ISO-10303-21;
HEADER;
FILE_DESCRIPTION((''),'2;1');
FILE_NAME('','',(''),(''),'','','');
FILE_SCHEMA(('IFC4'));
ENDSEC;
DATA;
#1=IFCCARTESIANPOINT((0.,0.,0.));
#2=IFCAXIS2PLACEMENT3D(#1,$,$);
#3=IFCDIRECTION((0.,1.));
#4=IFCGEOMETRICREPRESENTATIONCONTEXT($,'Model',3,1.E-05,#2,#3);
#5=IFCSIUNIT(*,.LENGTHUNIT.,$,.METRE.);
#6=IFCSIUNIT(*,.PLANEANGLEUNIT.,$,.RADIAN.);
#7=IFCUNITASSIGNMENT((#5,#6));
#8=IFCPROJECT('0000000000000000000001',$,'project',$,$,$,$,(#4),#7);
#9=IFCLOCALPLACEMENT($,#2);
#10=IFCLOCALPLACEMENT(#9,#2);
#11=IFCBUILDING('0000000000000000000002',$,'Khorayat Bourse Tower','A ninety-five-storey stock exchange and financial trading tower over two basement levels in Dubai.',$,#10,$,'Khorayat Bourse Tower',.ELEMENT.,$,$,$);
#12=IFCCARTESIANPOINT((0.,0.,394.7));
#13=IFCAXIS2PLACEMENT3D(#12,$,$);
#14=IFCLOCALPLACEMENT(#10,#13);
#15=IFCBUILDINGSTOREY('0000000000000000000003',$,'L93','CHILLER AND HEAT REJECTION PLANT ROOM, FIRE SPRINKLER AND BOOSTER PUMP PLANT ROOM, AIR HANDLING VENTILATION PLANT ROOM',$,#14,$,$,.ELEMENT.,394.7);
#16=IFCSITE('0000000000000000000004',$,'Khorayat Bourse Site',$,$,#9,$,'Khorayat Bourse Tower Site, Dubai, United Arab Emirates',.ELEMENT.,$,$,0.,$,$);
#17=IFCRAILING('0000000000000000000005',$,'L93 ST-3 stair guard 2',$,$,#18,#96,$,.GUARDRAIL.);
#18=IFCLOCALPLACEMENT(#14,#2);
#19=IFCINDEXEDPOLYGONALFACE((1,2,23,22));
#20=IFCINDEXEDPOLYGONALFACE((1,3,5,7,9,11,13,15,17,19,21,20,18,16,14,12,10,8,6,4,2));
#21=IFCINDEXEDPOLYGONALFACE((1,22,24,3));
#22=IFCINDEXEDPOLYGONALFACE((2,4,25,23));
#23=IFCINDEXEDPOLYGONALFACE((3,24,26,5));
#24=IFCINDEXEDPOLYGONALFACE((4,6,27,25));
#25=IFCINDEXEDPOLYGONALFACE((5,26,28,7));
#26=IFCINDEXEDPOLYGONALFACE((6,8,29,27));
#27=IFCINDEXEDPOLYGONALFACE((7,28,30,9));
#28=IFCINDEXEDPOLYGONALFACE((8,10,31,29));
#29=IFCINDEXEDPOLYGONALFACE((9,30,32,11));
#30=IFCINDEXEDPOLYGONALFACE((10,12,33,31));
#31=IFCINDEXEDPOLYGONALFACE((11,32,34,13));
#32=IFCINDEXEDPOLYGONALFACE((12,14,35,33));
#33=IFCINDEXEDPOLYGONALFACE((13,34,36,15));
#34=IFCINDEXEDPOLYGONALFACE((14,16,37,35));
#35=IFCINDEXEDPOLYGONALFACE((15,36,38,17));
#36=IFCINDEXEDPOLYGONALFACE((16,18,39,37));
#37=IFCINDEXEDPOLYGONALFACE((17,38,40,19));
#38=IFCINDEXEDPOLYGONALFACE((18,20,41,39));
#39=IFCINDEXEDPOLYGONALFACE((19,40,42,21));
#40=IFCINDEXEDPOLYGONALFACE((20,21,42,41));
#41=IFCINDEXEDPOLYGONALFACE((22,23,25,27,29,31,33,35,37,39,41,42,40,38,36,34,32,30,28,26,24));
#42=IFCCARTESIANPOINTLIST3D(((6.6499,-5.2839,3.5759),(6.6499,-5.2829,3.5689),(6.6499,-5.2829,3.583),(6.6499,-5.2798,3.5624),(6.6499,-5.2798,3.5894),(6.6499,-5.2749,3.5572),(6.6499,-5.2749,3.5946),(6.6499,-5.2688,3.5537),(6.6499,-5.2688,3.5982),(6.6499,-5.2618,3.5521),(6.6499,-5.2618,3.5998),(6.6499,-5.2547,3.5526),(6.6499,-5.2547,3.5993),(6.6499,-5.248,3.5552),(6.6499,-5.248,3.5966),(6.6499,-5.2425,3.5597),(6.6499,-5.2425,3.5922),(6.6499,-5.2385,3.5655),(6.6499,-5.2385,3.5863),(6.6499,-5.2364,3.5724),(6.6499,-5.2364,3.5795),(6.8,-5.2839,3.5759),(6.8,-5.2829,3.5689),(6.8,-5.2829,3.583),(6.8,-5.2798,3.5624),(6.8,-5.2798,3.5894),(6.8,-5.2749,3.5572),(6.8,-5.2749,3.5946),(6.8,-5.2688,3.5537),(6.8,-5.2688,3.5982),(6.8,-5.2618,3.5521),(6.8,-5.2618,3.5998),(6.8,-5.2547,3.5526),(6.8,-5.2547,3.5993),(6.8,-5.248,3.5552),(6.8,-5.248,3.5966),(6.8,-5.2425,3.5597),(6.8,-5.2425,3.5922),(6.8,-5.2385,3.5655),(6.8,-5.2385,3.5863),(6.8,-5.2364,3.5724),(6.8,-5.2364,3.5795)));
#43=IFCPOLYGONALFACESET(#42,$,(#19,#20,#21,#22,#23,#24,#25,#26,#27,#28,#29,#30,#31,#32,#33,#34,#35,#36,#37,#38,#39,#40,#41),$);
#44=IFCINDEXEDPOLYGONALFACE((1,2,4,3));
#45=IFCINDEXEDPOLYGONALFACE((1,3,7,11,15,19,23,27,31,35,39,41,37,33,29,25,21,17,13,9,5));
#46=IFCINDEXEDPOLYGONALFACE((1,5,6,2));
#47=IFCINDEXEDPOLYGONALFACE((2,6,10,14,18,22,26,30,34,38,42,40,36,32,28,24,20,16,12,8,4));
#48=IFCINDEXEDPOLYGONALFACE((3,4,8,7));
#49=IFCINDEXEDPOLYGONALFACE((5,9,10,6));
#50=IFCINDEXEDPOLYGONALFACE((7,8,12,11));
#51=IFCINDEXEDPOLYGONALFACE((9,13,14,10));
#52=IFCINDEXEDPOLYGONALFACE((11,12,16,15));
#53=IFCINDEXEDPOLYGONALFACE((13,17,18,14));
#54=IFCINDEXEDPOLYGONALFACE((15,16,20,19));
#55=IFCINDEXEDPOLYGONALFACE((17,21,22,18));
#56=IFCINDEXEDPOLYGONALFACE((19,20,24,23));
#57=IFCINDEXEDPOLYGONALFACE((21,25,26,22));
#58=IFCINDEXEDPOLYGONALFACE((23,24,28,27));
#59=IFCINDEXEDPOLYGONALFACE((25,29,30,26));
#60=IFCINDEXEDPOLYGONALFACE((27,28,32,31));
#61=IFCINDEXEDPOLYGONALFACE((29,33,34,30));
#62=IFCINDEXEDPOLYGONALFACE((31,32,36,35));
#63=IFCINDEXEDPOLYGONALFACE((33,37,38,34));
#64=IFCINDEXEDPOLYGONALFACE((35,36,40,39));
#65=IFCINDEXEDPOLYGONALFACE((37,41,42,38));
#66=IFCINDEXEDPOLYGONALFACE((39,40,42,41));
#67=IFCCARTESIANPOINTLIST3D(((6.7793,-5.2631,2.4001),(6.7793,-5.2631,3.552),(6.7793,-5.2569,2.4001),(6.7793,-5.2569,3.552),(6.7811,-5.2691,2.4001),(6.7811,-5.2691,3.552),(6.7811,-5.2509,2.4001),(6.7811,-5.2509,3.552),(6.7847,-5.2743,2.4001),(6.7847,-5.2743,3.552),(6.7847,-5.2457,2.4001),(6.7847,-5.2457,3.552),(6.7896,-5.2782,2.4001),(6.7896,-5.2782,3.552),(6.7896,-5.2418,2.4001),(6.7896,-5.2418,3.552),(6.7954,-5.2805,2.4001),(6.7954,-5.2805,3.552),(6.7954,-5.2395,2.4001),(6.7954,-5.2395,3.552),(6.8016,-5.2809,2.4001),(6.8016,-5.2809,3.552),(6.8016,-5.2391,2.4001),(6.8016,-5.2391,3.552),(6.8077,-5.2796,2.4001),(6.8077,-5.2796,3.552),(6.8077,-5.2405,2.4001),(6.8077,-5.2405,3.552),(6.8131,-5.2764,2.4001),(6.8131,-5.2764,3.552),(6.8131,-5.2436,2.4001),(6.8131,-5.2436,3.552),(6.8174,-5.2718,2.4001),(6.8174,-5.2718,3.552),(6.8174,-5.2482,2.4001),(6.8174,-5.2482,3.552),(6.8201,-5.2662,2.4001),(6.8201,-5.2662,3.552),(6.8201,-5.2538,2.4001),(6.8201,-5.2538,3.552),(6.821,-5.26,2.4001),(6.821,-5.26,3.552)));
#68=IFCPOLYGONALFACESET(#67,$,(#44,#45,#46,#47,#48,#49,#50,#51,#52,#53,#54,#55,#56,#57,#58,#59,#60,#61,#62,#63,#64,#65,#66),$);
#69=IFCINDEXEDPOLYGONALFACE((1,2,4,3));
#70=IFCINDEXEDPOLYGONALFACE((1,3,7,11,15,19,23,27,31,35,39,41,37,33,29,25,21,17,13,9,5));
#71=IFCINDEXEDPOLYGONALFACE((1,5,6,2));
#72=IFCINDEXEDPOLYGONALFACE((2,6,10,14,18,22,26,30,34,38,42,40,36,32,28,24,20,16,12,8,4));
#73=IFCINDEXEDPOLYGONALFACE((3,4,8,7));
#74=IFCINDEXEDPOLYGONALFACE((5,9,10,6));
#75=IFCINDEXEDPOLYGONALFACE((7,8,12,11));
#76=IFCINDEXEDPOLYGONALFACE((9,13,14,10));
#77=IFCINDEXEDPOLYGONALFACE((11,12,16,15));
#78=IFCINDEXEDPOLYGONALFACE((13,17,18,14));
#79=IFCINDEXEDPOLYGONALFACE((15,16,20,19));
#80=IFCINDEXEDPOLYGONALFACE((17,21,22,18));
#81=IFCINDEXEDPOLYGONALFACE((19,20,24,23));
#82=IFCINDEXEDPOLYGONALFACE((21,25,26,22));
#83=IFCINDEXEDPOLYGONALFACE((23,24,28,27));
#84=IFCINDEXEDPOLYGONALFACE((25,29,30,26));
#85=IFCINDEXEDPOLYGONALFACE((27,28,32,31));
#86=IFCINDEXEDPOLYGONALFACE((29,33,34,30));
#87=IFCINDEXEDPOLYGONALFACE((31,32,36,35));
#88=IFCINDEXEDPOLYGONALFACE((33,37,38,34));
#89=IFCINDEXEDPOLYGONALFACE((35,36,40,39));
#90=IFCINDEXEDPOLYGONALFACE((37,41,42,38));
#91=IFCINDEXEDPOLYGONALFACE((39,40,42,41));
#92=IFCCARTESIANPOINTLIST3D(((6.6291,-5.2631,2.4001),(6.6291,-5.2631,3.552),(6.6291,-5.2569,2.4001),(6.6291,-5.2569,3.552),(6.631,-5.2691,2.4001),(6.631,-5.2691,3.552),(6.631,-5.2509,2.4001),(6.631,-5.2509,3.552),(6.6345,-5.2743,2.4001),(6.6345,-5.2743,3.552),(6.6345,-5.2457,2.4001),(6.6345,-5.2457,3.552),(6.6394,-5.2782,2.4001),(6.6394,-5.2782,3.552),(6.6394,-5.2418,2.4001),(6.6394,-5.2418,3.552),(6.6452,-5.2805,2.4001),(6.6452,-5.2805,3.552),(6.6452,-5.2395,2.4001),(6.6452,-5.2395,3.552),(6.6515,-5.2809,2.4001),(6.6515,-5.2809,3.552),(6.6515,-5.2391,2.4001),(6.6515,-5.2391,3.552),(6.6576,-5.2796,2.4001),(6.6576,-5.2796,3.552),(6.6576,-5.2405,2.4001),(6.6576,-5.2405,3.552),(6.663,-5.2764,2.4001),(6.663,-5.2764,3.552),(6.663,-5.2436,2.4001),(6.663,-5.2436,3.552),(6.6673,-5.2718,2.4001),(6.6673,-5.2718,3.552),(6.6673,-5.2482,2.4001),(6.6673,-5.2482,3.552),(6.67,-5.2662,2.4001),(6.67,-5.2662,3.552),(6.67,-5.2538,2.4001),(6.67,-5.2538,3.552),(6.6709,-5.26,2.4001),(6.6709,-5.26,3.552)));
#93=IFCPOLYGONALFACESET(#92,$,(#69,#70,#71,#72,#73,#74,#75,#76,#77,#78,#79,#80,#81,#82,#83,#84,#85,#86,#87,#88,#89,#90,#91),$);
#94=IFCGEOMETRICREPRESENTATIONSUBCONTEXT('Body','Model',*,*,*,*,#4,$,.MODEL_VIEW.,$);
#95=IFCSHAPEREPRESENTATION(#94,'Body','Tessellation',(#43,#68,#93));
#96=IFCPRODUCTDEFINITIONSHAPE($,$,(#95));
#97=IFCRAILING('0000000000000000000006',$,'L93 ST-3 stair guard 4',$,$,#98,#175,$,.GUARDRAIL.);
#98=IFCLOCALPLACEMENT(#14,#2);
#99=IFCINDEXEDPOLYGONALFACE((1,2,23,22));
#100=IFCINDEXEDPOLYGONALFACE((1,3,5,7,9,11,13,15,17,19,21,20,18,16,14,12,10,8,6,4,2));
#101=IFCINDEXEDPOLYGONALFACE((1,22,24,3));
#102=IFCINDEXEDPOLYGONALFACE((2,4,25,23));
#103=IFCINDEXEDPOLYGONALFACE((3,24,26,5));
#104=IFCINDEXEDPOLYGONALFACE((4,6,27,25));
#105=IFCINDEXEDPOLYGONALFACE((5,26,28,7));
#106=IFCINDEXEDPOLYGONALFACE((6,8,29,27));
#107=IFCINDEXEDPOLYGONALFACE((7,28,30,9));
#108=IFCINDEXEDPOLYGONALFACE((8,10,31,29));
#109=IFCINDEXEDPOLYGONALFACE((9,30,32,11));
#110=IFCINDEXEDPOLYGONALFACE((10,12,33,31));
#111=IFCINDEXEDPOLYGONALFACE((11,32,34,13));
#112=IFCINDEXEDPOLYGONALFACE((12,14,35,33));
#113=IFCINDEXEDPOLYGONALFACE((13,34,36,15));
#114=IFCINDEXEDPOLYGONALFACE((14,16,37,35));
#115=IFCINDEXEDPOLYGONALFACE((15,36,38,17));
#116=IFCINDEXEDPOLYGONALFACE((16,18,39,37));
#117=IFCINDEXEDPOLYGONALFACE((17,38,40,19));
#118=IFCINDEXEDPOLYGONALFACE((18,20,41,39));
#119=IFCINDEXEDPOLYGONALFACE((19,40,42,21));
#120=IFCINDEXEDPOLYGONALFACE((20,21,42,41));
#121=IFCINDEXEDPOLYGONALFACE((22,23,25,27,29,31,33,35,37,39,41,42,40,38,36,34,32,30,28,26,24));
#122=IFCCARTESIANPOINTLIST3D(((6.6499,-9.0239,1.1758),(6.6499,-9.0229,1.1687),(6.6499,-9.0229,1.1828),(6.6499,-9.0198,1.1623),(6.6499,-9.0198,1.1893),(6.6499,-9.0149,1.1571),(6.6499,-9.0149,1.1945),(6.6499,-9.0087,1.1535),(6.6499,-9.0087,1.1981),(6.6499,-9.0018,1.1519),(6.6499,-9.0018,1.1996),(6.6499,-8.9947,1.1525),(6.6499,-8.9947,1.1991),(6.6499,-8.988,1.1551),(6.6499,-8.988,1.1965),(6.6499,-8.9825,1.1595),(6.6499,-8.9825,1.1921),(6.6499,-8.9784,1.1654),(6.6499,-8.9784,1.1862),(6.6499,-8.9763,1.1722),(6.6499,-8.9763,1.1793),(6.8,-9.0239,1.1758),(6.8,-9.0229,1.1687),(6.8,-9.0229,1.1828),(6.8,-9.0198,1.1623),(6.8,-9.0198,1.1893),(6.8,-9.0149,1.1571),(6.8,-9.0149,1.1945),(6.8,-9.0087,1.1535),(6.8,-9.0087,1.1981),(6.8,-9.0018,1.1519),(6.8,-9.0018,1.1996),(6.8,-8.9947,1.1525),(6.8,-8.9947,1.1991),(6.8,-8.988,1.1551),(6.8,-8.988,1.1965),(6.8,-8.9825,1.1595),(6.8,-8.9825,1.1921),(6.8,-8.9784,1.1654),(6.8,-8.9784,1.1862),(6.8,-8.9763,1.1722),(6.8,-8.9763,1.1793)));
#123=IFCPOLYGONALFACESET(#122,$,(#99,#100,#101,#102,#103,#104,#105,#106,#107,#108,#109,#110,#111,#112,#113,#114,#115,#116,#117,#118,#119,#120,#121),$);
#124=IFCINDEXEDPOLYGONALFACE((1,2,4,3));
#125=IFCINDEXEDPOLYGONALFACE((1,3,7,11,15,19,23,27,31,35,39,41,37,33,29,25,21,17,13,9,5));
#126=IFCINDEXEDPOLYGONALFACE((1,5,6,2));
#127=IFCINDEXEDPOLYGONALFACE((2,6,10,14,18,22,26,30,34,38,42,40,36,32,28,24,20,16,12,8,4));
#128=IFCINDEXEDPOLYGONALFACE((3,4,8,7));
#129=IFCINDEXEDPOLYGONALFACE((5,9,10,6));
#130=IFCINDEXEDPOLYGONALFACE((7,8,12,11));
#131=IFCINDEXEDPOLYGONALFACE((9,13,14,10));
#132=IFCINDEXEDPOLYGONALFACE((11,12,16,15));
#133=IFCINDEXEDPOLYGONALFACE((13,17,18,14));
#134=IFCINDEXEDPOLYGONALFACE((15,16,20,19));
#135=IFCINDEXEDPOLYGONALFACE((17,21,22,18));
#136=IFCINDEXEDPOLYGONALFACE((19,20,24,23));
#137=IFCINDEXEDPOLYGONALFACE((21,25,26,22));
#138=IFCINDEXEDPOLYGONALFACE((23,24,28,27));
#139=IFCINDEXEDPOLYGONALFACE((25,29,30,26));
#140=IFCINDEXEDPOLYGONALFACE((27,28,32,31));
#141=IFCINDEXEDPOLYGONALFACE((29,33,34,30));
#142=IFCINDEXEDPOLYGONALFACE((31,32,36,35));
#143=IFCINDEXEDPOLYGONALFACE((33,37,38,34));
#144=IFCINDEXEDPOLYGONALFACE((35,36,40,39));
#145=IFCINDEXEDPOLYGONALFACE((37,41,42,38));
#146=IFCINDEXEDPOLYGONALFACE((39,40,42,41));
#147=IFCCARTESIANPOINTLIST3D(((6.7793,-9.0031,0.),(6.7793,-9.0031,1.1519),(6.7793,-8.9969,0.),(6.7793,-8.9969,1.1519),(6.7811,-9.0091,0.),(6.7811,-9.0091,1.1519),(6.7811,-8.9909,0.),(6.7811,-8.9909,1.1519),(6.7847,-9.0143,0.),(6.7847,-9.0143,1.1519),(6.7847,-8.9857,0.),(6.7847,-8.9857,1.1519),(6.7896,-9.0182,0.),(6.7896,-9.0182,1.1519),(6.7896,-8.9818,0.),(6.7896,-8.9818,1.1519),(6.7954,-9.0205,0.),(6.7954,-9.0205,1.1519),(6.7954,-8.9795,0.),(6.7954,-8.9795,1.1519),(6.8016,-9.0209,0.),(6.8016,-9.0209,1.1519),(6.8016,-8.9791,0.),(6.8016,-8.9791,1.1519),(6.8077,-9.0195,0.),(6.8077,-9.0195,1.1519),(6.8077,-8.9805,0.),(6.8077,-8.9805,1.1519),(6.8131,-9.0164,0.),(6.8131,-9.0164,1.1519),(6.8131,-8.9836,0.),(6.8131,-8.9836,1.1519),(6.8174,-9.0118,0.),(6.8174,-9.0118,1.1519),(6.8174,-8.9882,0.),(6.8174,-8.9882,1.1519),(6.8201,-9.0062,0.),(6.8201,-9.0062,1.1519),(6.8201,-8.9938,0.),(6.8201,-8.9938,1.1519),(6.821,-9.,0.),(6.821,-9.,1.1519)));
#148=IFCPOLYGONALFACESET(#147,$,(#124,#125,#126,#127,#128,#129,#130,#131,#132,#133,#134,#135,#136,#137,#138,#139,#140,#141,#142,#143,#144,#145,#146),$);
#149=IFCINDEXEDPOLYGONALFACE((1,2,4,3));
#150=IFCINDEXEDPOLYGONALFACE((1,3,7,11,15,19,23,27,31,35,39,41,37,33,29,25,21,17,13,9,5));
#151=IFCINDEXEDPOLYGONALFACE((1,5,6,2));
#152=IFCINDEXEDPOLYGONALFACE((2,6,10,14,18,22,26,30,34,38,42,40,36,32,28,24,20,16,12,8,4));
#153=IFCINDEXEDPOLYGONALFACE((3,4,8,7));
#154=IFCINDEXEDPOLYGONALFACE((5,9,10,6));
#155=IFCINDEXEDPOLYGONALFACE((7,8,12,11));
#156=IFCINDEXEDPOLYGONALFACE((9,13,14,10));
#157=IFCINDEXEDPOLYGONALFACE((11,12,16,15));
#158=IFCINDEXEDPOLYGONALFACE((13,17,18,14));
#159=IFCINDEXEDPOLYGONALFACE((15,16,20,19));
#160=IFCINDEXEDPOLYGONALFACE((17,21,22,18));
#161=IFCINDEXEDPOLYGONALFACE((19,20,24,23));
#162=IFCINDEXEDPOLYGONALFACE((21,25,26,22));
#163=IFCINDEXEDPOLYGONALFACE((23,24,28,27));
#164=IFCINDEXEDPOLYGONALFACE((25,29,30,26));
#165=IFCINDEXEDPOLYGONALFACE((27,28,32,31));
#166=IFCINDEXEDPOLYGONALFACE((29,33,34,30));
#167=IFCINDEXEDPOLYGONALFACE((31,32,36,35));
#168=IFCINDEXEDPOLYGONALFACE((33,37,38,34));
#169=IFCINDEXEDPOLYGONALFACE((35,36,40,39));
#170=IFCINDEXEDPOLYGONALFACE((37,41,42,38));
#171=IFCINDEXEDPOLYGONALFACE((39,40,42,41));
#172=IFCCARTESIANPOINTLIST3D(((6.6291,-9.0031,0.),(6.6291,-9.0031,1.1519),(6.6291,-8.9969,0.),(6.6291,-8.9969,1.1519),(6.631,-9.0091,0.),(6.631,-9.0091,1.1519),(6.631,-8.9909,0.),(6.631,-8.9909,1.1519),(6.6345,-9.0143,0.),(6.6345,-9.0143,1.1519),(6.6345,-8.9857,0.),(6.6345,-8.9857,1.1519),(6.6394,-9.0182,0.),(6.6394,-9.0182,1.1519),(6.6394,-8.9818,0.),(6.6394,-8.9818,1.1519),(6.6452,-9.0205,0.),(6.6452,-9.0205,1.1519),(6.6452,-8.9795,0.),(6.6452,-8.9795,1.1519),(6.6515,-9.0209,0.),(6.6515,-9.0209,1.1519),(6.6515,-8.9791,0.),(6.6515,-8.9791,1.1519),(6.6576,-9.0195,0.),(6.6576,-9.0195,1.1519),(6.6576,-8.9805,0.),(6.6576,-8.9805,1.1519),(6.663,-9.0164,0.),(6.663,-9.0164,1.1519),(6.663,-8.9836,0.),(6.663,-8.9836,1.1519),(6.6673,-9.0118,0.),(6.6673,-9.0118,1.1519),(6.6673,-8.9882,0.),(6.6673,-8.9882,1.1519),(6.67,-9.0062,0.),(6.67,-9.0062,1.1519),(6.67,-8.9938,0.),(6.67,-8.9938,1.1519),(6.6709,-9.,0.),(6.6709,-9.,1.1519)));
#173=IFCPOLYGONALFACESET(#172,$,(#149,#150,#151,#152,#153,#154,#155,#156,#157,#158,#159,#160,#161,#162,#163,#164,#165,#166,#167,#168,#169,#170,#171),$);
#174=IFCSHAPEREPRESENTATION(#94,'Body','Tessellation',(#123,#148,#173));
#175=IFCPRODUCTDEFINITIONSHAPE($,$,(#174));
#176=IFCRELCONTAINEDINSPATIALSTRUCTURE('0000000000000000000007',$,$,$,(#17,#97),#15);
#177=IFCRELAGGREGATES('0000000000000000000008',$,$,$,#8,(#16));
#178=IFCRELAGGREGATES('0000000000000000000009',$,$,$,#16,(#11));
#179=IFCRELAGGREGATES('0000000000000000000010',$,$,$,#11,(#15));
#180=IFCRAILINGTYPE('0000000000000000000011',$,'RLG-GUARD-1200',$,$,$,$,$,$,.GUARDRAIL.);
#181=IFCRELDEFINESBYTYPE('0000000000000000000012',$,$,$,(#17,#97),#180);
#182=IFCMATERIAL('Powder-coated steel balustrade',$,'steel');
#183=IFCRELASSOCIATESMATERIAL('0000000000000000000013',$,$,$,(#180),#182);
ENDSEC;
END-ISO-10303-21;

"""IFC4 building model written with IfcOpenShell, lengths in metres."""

from ifc_helpers import new_model, si_unit, direction, frame, origin, origin_2d, place, context, subcontext, project, spatial, circle, extrude, source, transform, mapped, material, type_object, element, save


model = new_model("IFC4")

# Units and contexts
model_context = context("Model", 3, precision=1e-05, world=origin(), true_north=direction((0.0, 1.0)))
body_context = subcontext(model_context, "Body", "Model", "MODEL_VIEW")
ifc_project = project(units=[si_unit("LENGTHUNIT", "METRE"), si_unit("PLANEANGLEUNIT", "RADIAN")], contexts=[model_context])

# Site, building, storey
site_placement = place(None, origin())
site = spatial("IfcSite", under=ifc_project, at=site_placement, Name="Khorayat Bourse Site", LongName="Khorayat Bourse Tower Site, Dubai, United Arab Emirates", CompositionType="ELEMENT", RefElevation=0.0)
building_placement = place(site_placement, origin())
building = spatial("IfcBuilding", under=site, at=building_placement, Name="Khorayat Bourse Tower", Description="A ninety-five-storey stock exchange and financial trading tower over two basement levels in Dubai.", LongName="Khorayat Bourse Tower", CompositionType="ELEMENT")
storey_placement = place(building_placement, frame((0.0, 0.0, 394.7)))
storey = spatial("IfcBuildingStorey", under=building, at=storey_placement, Name="L93", Description="CHILLER AND HEAT REJECTION PLANT ROOM, FIRE SPRINKLER AND BOOSTER PUMP PLANT ROOM, AIR HANDLING VENTILATION PLANT ROOM", CompositionType="ELEMENT", Elevation=394.7)

# Railings
ifc_material_1 = material(Name="Powder-coated steel balustrade", Category="steel")
railing_type_1 = type_object("IfcRailingType", Name="RLG-GUARD-1200", PredefinedType="GUARDRAIL", material=ifc_material_1)
shared_shape_1 = source(origin(), body_context, "Body", "SweptSolid", [
    extrude(circle(Radius=0.0239, at=origin_2d()), frame((0.0, 0.0, 1.1758), z_axis=(-1.0, 0.0, 0.0), x_axis=(0.0, -1.0, 0.0)), (0.0, 0.0, 1.0), 0.1501),
    extrude(circle(Radius=0.021, at=origin_2d()), origin(), (0.0, 0.0, 1.0), 1.1519),
    extrude(circle(Radius=0.021, at=origin_2d()), frame((-0.1501, 0.0, 0.0)), (0.0, 0.0, 1.0), 1.1519),
])
for number, where, name in (
    (1, (6.8, -5.26, 2.4001), "L93 ST-3 stair guard 2"),
    (2, (6.8, -9.0, 0.0), "L93 ST-3 stair guard 4"),
):
    element("IfcRailing", number, at=place(storey_placement, frame(where)), inside=storey, type_object=railing_type_1, Name=name, PredefinedType="GUARDRAIL", context=body_context, shape_type="MappedRepresentation", body=[
        mapped(shared_shape_1, transform((0.0, 0.0, 0.0), scale=1.0)),
    ])

save(model, "model.ifc")
